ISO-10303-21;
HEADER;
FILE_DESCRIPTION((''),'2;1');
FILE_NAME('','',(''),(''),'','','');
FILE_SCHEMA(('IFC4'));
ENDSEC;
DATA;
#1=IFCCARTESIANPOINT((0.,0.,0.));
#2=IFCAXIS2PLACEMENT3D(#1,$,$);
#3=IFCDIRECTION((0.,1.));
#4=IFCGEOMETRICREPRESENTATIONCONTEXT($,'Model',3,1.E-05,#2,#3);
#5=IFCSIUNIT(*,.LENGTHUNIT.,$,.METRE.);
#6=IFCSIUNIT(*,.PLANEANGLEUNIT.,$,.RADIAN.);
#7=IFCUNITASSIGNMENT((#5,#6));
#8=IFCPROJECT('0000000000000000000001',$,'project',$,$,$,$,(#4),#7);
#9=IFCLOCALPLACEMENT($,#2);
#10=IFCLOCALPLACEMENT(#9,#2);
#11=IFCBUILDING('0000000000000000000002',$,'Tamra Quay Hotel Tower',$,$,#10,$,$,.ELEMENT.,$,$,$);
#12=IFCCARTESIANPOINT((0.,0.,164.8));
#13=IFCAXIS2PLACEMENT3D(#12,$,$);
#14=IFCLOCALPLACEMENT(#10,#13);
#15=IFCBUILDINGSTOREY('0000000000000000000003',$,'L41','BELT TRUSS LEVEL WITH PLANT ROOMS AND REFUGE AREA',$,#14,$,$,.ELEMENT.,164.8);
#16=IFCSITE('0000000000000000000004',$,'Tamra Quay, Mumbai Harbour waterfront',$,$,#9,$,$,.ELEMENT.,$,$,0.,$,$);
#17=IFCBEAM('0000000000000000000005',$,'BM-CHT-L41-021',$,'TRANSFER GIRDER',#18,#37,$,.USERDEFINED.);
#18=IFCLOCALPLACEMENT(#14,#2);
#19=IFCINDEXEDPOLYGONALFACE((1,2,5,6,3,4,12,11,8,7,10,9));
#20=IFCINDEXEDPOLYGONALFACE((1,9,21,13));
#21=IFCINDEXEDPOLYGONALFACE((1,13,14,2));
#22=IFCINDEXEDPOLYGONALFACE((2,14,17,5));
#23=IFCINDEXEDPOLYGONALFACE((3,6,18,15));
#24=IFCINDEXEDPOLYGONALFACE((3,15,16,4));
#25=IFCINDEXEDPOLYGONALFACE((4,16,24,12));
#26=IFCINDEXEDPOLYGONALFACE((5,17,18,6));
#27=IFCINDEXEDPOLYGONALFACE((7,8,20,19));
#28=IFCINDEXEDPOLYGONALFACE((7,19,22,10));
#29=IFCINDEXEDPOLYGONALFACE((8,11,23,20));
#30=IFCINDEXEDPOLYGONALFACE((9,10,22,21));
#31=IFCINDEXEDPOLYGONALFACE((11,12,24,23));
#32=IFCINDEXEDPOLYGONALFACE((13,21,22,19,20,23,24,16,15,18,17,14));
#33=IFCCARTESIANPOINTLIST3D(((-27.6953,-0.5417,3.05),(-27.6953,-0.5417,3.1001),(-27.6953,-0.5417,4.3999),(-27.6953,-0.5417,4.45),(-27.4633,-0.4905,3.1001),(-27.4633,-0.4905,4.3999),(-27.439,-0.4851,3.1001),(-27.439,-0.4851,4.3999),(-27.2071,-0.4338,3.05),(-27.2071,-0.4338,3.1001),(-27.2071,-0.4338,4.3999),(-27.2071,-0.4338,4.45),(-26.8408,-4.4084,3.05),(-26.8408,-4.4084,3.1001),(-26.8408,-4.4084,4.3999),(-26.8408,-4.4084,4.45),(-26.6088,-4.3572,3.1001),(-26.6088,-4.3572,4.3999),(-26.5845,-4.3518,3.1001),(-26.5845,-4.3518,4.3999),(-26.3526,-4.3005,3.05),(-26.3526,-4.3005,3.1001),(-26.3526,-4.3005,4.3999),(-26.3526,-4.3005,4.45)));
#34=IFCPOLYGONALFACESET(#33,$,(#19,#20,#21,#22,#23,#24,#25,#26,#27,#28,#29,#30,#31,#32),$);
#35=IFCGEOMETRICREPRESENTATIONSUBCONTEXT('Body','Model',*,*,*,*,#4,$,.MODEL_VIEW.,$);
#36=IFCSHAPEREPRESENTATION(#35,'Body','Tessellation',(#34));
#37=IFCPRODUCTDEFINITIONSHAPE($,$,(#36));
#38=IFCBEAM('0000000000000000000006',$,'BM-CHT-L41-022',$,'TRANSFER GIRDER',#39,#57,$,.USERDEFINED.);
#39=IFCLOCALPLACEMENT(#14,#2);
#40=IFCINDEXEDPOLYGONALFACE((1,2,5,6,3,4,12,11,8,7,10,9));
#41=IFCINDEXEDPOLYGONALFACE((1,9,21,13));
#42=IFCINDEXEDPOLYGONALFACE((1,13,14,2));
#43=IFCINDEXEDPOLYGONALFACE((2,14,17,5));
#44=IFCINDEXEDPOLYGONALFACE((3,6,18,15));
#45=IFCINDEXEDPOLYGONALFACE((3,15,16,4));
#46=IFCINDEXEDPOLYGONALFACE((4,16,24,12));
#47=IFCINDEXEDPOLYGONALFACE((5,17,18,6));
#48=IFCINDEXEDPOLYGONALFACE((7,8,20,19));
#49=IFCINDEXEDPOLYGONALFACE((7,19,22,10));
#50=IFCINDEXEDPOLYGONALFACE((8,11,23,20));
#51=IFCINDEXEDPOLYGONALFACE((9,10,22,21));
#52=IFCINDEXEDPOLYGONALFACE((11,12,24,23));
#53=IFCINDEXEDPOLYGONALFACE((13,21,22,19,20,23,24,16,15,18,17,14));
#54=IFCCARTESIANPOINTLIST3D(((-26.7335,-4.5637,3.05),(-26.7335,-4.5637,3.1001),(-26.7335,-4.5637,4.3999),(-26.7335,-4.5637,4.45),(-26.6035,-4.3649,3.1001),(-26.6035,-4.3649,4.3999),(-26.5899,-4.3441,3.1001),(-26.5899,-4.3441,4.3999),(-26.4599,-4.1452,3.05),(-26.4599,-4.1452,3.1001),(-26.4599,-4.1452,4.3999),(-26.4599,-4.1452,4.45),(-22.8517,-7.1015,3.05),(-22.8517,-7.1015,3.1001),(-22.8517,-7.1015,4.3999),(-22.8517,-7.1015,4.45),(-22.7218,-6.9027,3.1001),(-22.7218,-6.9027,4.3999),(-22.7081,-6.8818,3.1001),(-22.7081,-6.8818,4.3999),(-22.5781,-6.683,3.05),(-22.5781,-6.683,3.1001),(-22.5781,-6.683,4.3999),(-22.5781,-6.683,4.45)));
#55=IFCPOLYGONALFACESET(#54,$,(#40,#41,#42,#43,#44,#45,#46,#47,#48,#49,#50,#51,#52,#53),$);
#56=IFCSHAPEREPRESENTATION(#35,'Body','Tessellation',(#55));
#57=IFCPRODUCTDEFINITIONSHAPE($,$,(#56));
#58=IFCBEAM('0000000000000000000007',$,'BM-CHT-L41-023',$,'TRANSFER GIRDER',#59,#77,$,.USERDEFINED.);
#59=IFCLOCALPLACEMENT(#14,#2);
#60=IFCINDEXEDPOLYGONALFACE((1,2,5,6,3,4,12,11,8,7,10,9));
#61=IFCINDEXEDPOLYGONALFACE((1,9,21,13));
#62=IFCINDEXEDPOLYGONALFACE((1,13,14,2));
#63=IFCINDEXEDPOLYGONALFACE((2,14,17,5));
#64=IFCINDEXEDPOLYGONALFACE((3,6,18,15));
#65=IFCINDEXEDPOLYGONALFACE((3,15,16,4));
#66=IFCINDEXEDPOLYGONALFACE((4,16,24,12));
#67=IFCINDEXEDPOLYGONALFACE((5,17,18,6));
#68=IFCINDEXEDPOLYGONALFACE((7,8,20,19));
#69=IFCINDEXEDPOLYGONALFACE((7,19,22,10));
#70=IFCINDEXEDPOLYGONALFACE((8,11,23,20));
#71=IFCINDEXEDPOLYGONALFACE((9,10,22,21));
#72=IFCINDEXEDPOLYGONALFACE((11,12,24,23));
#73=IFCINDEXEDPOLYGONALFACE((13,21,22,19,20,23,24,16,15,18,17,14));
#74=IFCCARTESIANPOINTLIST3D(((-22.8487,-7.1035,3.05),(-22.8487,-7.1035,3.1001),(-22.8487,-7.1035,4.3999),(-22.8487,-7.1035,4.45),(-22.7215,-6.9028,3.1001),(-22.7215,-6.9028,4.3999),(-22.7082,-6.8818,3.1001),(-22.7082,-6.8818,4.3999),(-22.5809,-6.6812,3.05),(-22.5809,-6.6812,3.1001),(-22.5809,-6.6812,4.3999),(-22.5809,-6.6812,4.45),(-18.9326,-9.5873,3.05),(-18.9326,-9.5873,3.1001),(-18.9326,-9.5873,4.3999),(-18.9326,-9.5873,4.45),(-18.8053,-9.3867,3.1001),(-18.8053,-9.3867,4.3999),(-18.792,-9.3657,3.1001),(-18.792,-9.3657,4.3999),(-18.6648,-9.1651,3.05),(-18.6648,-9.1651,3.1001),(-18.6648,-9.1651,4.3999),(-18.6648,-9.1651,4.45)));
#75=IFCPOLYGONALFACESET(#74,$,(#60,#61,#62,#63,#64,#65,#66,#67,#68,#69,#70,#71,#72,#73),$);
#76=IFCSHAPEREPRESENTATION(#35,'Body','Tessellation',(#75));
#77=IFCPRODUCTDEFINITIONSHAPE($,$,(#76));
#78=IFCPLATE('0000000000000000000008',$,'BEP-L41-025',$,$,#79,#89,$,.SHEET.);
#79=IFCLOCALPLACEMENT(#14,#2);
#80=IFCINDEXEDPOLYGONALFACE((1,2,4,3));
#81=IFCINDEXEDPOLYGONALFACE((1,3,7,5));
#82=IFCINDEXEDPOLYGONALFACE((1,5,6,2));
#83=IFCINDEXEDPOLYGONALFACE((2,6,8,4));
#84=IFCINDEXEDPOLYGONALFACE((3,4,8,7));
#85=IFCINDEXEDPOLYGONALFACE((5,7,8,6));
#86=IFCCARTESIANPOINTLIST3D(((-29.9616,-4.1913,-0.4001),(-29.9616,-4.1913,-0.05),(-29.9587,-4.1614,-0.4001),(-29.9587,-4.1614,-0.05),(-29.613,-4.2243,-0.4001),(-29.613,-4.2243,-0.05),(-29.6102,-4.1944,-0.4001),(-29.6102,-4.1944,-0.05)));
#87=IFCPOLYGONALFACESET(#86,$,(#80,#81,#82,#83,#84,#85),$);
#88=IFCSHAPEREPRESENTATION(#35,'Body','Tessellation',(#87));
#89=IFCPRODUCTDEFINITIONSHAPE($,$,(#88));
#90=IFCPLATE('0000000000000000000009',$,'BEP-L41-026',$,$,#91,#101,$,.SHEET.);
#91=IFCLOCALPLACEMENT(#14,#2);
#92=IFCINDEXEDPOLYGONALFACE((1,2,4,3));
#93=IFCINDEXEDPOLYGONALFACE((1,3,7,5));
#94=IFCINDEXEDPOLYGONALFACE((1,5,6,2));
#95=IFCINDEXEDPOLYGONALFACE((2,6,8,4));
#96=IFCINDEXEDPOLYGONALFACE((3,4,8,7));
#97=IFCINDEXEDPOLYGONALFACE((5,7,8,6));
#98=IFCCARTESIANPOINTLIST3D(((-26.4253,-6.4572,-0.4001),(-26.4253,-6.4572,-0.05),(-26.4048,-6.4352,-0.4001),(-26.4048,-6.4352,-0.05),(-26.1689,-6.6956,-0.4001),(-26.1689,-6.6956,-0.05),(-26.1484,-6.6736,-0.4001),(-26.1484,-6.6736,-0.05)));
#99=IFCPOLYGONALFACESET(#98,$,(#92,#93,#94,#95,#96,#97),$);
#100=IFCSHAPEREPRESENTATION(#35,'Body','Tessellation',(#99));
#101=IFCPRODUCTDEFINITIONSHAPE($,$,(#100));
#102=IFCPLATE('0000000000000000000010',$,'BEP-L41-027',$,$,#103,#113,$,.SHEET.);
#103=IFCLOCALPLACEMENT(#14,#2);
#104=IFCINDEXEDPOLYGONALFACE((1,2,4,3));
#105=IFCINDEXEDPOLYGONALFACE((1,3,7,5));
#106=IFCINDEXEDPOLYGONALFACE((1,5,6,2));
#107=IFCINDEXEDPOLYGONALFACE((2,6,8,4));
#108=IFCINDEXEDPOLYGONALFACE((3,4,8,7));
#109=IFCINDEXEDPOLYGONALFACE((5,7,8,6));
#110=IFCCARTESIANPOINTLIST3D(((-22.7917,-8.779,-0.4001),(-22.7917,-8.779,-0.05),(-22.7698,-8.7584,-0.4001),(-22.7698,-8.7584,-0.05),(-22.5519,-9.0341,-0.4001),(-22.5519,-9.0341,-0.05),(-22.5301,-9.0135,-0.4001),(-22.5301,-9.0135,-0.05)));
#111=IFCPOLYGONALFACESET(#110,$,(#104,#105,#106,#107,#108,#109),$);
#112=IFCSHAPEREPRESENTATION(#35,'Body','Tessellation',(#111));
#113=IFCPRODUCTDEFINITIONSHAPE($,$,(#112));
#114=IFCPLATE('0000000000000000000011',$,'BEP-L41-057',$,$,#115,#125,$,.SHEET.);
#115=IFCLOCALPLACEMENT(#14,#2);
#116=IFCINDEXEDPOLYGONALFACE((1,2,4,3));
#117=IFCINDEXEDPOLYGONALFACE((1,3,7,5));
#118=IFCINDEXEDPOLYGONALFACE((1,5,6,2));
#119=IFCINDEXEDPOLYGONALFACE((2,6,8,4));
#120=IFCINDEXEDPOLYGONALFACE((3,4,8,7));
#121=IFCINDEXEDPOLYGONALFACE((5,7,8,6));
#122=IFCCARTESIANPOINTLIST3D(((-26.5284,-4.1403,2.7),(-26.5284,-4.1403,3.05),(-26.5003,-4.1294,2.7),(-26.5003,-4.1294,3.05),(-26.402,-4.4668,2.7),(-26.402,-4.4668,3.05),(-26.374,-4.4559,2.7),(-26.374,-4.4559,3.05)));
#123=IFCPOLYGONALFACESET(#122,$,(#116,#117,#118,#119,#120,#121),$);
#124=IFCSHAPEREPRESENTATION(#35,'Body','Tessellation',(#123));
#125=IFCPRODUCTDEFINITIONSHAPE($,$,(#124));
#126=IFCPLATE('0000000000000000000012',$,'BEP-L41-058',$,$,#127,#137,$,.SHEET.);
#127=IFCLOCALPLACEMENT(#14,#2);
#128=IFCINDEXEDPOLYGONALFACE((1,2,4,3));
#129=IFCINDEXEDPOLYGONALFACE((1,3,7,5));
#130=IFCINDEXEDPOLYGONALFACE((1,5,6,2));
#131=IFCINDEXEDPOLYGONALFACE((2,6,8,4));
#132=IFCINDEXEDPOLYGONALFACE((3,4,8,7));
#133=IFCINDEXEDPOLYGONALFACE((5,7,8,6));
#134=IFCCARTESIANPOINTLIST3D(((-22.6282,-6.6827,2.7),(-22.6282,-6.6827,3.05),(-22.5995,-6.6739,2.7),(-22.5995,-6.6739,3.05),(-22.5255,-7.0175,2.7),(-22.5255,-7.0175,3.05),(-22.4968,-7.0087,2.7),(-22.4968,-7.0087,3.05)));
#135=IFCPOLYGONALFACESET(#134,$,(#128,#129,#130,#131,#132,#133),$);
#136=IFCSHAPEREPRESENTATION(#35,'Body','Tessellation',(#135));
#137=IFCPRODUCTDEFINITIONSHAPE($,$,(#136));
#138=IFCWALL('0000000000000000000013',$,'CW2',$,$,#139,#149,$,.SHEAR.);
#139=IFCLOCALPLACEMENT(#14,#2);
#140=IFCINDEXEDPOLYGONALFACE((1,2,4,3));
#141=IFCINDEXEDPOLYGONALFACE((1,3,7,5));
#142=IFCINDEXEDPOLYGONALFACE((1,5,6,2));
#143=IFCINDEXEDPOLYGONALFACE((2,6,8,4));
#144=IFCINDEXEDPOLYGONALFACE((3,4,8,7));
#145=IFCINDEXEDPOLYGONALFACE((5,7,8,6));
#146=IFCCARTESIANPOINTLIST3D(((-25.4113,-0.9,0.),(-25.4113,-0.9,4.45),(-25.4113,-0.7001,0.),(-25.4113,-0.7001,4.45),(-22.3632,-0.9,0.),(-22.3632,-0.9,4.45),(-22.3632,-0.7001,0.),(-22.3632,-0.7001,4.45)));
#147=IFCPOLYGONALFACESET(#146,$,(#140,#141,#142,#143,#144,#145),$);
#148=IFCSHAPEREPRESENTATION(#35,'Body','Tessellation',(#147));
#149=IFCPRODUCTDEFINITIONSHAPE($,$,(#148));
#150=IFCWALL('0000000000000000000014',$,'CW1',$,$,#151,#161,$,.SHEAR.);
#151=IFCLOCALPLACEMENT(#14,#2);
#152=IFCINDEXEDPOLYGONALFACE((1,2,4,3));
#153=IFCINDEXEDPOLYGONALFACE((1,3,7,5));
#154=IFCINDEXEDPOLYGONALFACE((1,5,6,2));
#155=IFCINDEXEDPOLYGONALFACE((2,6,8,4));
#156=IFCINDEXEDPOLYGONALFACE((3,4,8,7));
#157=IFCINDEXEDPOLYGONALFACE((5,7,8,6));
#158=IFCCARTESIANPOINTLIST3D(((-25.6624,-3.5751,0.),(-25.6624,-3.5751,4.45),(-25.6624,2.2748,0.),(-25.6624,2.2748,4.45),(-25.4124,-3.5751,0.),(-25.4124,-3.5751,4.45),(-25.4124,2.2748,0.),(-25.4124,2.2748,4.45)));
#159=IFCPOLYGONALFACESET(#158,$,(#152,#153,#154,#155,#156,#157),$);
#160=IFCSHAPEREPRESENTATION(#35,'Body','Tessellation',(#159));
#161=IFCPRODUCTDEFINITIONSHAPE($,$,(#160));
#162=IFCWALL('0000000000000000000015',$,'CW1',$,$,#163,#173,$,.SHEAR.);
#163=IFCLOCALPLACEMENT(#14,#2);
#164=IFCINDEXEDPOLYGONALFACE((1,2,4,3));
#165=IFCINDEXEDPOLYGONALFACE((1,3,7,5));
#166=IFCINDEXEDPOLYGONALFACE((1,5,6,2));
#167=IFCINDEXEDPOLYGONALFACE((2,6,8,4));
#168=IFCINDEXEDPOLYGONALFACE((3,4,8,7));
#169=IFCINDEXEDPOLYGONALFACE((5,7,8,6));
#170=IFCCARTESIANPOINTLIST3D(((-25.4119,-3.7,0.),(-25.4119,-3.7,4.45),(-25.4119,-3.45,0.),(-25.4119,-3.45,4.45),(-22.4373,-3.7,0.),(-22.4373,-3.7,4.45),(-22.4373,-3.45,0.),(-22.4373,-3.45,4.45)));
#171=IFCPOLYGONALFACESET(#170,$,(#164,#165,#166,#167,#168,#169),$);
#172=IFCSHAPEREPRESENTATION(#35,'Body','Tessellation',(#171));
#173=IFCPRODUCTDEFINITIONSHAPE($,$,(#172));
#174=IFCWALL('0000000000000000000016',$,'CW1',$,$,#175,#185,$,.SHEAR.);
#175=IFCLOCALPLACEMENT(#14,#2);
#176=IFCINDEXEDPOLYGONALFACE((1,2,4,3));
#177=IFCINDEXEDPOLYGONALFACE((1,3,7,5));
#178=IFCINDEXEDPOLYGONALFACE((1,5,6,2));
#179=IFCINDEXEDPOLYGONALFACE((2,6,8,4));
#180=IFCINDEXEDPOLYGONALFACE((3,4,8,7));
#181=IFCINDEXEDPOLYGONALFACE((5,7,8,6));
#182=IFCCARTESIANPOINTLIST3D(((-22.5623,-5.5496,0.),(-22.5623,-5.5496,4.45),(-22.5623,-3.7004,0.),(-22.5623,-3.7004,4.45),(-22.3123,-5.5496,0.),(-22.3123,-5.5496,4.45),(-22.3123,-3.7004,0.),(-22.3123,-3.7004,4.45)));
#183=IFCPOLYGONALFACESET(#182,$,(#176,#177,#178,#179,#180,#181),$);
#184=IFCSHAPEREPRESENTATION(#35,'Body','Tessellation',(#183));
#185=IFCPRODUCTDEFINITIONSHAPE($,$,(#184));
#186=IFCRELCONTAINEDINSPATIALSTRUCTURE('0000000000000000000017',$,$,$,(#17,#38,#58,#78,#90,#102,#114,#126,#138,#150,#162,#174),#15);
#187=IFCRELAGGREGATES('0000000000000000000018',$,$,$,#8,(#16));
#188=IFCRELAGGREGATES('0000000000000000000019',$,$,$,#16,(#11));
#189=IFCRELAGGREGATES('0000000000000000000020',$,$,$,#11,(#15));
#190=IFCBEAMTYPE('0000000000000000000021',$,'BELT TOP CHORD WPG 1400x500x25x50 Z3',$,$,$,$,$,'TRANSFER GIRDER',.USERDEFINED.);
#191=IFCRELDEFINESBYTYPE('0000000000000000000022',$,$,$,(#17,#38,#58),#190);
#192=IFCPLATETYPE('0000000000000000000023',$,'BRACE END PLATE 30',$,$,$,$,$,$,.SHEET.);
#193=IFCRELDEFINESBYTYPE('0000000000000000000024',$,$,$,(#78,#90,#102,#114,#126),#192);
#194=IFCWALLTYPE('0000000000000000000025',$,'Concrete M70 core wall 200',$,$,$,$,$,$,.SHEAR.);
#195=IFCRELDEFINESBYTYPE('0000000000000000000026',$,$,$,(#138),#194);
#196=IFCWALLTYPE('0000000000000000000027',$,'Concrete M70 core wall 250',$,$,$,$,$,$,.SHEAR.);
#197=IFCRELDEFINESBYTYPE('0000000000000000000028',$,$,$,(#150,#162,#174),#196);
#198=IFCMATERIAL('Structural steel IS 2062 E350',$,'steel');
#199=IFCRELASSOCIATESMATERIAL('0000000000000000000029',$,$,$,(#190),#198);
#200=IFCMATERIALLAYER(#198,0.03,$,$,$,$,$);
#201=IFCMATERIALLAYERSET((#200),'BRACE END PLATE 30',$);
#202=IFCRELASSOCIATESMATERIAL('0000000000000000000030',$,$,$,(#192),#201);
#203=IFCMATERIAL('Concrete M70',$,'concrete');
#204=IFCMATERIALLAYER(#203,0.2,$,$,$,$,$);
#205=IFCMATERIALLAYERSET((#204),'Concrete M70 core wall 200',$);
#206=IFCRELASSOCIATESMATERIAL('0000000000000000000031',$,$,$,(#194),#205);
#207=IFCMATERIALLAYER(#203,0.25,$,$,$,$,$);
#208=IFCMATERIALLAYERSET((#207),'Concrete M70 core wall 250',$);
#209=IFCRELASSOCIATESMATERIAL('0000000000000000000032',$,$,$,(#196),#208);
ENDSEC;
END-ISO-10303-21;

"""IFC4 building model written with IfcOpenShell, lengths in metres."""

from ifc_helpers import new_model, si_unit, direction, frame, frame_2d, origin, origin_2d, place, context, subcontext, project, spatial, rectangle, i_section, extrude, material, layer, layer_set, material_profile, profile_set, type_object, element, save


model = new_model("IFC4")

# Units and contexts
model_context = context("Model", 3, precision=1e-05, world=origin(), true_north=direction((0.0, 1.0)))
body_context = subcontext(model_context, "Body", "Model", "MODEL_VIEW")
ifc_project = project(units=[si_unit("LENGTHUNIT", "METRE"), si_unit("PLANEANGLEUNIT", "RADIAN")], contexts=[model_context])

# Site, building, storey
site_placement = place(None, origin())
site = spatial("IfcSite", under=ifc_project, at=site_placement, Name="Tamra Quay, Mumbai Harbour waterfront", CompositionType="ELEMENT", RefElevation=0.0)
building_placement = place(site_placement, origin())
building = spatial("IfcBuilding", under=site, at=building_placement, Name="Tamra Quay Hotel Tower", CompositionType="ELEMENT")
storey_placement = place(building_placement, frame((0.0, 0.0, 164.8)))
storey = spatial("IfcBuildingStorey", under=building, at=storey_placement, Name="L41", Description="BELT TRUSS LEVEL WITH PLANT ROOMS AND REFUGE AREA", CompositionType="ELEMENT", Elevation=164.8)

# Shared definitions
ifc_material_1 = material(Name="Concrete M70", Category="concrete")

# Shared definitions
ifc_material_2 = material(Name="Structural steel IS 2062 E350", Category="steel")

# Beams
ifc_material_profile_1 = material_profile(ifc_material_2, i_section(OverallWidth=0.5, OverallDepth=1.3999, WebThickness=0.0249, FlangeThickness=0.05, at=origin_2d()), Name="WPG 1400x500x25x50")
ifc_profile_set_1 = profile_set([ifc_material_profile_1], Name="Structural steel IS 2062 E350")
beam_type_1 = type_object("IfcBeamType", Name="BELT TOP CHORD WPG 1400x500x25x50 Z3", ElementType="TRANSFER GIRDER", PredefinedType="USERDEFINED", material=ifc_profile_set_1)
beam_1_placement = place(storey_placement, frame((-27.4512, -0.4878, 3.75), z_axis=(0.215781, -0.976442, 0.0), x_axis=(0.976442, 0.215781, 0.0)))
element("IfcBeam", 1, at=beam_1_placement, inside=storey, type_object=beam_type_1, Name="BM-CHT-L41-021", ObjectType="TRANSFER GIRDER", PredefinedType="USERDEFINED", context=body_context, shape_type="SweptSolid", body=[
    extrude(i_section(OverallWidth=0.5, OverallDepth=1.3999, WebThickness=0.0249, FlangeThickness=0.05, at=origin_2d()), origin(), (0.0, 0.0, 1.0), 3.96),
])
beam_2_placement = place(storey_placement, frame((-26.5967, -4.3545, 3.75), z_axis=(0.836997, -0.547207, 0.0), x_axis=(0.547207, 0.836997, 0.0)))
element("IfcBeam", 2, at=beam_2_placement, inside=storey, type_object=beam_type_1, Name="BM-CHT-L41-022", ObjectType="TRANSFER GIRDER", PredefinedType="USERDEFINED", context=body_context, shape_type="SweptSolid", body=[
    extrude(i_section(OverallWidth=0.5, OverallDepth=1.3999, WebThickness=0.0249, FlangeThickness=0.05, at=origin_2d()), origin(), (0.0, 0.0, 1.0), 4.6377),
])
beam_3_placement = place(storey_placement, frame((-22.7148, -6.8923, 3.75), z_axis=(0.844469, -0.535604, 0.0), x_axis=(0.535604, 0.844469, 0.0)))
element("IfcBeam", 3, at=beam_3_placement, inside=storey, type_object=beam_type_1, Name="BM-CHT-L41-023", ObjectType="TRANSFER GIRDER", PredefinedType="USERDEFINED", context=body_context, shape_type="SweptSolid", body=[
    extrude(i_section(OverallWidth=0.5, OverallDepth=1.3999, WebThickness=0.0249, FlangeThickness=0.05, at=origin_2d()), origin(), (0.0, 0.0, 1.0), 4.6375),
])

# Plates
ifc_layer_1 = layer(ifc_material_2, 0.03)
ifc_layer_set_1 = layer_set([ifc_layer_1], Name="BRACE END PLATE 30")
plate_type = type_object("IfcPlateType", Name="BRACE END PLATE 30", PredefinedType="SHEET", material=ifc_layer_set_1)
for number, where, z_axis, x_axis, name in (
    (4, (-29.7859, -4.1929, -0.4001), (0.0, 0.0, 1.0), (0.094379, 0.995536, 0.0), "BEP-L41-025"),
    (5, (-26.2869, -6.5654, -0.4001), (0.0, 0.0, 1.0), (0.680959, 0.732322, 0.0), "BEP-L41-026"),
    (6, (-22.6609, -8.8962, -0.4001), (0.0, 0.0, 1.0), (0.728622, 0.684916, 0.0), "BEP-L41-027"),
    (7, (-26.4512, -4.2981, 2.7), (0.0, 0.0, 1.0), (0.932594, 0.360928, 0.0), "BEP-L41-057"),
    (8, (-22.5625, -6.8457, 2.7), (0.0, 0.0, 1.0), (0.956057, 0.293181, 0.0), "BEP-L41-058"),
):
    element("IfcPlate", number, at=place(storey_placement, frame(where, z_axis=z_axis, x_axis=x_axis)), inside=storey, type_object=plate_type, Name=name, PredefinedType="SHEET", context=body_context, shape_type="SweptSolid", body=[
        extrude(rectangle(XDim=0.03, YDim=0.3501, at=origin_2d()), origin(), (0.0, 0.0, 1.0), 0.3501),
    ])

# Walls
ifc_layer_2 = layer(ifc_material_1, 0.2)
ifc_layer_set_2 = layer_set([ifc_layer_2], Name="Concrete M70 core wall 200")
wall_type_1 = type_object("IfcWallType", Name="Concrete M70 core wall 200", PredefinedType="SHEAR", material=ifc_layer_set_2)
wall_1_placement = place(storey_placement, frame((-22.3633, -0.8, 0.0), z_axis=(0.0, 0.0, 1.0), x_axis=(-1.0, 0.0, 0.0)))
element("IfcWall", 9, at=wall_1_placement, inside=storey, type_object=wall_type_1, Name="CW2", PredefinedType="SHEAR", context=body_context, shape_type="SweptSolid", body=[
    extrude(rectangle(XDim=3.0481, YDim=0.2, at=frame_2d((1.5239, 0.0))), origin(), (0.0, 0.0, 1.0), 4.45),
])
ifc_layer_3 = layer(ifc_material_1, 0.25)
ifc_layer_set_3 = layer_set([ifc_layer_3], Name="Concrete M70 core wall 250")
wall_type_2 = type_object("IfcWallType", Name="Concrete M70 core wall 250", PredefinedType="SHEAR", material=ifc_layer_set_3)
wall_2_placement = place(storey_placement, frame((-25.5374, -3.575, 0.0), z_axis=(0.0, 0.0, 1.0), x_axis=(0.0, 1.0, 0.0)))
element("IfcWall", 10, at=wall_2_placement, inside=storey, type_object=wall_type_2, Name="CW1", PredefinedType="SHEAR", context=body_context, shape_type="SweptSolid", body=[
    extrude(rectangle(XDim=5.8499, YDim=0.25, at=frame_2d((2.9248, 0.0))), origin(), (0.0, 0.0, 1.0), 4.45),
])
wall_3_placement = place(storey_placement, frame((-22.4373, -3.575, 0.0), z_axis=(0.0, 0.0, 1.0), x_axis=(-1.0, 0.0, 0.0)))
element("IfcWall", 11, at=wall_3_placement, inside=storey, type_object=wall_type_2, Name="CW1", PredefinedType="SHEAR", context=body_context, shape_type="SweptSolid", body=[
    extrude(rectangle(XDim=2.9746, YDim=0.25, at=frame_2d((1.4873, 0.0))), origin(), (0.0, 0.0, 1.0), 4.45),
])
wall_4_placement = place(storey_placement, frame((-22.4373, -5.5496, 0.0), z_axis=(0.0, 0.0, 1.0), x_axis=(0.0, 1.0, 0.0)))
element("IfcWall", 12, at=wall_4_placement, inside=storey, type_object=wall_type_2, Name="CW1", PredefinedType="SHEAR", context=body_context, shape_type="SweptSolid", body=[
    extrude(rectangle(XDim=1.8491, YDim=0.25, at=frame_2d((0.9246, 0.0))), origin(), (0.0, 0.0, 1.0), 4.45),
])

save(model, "model.ifc")
